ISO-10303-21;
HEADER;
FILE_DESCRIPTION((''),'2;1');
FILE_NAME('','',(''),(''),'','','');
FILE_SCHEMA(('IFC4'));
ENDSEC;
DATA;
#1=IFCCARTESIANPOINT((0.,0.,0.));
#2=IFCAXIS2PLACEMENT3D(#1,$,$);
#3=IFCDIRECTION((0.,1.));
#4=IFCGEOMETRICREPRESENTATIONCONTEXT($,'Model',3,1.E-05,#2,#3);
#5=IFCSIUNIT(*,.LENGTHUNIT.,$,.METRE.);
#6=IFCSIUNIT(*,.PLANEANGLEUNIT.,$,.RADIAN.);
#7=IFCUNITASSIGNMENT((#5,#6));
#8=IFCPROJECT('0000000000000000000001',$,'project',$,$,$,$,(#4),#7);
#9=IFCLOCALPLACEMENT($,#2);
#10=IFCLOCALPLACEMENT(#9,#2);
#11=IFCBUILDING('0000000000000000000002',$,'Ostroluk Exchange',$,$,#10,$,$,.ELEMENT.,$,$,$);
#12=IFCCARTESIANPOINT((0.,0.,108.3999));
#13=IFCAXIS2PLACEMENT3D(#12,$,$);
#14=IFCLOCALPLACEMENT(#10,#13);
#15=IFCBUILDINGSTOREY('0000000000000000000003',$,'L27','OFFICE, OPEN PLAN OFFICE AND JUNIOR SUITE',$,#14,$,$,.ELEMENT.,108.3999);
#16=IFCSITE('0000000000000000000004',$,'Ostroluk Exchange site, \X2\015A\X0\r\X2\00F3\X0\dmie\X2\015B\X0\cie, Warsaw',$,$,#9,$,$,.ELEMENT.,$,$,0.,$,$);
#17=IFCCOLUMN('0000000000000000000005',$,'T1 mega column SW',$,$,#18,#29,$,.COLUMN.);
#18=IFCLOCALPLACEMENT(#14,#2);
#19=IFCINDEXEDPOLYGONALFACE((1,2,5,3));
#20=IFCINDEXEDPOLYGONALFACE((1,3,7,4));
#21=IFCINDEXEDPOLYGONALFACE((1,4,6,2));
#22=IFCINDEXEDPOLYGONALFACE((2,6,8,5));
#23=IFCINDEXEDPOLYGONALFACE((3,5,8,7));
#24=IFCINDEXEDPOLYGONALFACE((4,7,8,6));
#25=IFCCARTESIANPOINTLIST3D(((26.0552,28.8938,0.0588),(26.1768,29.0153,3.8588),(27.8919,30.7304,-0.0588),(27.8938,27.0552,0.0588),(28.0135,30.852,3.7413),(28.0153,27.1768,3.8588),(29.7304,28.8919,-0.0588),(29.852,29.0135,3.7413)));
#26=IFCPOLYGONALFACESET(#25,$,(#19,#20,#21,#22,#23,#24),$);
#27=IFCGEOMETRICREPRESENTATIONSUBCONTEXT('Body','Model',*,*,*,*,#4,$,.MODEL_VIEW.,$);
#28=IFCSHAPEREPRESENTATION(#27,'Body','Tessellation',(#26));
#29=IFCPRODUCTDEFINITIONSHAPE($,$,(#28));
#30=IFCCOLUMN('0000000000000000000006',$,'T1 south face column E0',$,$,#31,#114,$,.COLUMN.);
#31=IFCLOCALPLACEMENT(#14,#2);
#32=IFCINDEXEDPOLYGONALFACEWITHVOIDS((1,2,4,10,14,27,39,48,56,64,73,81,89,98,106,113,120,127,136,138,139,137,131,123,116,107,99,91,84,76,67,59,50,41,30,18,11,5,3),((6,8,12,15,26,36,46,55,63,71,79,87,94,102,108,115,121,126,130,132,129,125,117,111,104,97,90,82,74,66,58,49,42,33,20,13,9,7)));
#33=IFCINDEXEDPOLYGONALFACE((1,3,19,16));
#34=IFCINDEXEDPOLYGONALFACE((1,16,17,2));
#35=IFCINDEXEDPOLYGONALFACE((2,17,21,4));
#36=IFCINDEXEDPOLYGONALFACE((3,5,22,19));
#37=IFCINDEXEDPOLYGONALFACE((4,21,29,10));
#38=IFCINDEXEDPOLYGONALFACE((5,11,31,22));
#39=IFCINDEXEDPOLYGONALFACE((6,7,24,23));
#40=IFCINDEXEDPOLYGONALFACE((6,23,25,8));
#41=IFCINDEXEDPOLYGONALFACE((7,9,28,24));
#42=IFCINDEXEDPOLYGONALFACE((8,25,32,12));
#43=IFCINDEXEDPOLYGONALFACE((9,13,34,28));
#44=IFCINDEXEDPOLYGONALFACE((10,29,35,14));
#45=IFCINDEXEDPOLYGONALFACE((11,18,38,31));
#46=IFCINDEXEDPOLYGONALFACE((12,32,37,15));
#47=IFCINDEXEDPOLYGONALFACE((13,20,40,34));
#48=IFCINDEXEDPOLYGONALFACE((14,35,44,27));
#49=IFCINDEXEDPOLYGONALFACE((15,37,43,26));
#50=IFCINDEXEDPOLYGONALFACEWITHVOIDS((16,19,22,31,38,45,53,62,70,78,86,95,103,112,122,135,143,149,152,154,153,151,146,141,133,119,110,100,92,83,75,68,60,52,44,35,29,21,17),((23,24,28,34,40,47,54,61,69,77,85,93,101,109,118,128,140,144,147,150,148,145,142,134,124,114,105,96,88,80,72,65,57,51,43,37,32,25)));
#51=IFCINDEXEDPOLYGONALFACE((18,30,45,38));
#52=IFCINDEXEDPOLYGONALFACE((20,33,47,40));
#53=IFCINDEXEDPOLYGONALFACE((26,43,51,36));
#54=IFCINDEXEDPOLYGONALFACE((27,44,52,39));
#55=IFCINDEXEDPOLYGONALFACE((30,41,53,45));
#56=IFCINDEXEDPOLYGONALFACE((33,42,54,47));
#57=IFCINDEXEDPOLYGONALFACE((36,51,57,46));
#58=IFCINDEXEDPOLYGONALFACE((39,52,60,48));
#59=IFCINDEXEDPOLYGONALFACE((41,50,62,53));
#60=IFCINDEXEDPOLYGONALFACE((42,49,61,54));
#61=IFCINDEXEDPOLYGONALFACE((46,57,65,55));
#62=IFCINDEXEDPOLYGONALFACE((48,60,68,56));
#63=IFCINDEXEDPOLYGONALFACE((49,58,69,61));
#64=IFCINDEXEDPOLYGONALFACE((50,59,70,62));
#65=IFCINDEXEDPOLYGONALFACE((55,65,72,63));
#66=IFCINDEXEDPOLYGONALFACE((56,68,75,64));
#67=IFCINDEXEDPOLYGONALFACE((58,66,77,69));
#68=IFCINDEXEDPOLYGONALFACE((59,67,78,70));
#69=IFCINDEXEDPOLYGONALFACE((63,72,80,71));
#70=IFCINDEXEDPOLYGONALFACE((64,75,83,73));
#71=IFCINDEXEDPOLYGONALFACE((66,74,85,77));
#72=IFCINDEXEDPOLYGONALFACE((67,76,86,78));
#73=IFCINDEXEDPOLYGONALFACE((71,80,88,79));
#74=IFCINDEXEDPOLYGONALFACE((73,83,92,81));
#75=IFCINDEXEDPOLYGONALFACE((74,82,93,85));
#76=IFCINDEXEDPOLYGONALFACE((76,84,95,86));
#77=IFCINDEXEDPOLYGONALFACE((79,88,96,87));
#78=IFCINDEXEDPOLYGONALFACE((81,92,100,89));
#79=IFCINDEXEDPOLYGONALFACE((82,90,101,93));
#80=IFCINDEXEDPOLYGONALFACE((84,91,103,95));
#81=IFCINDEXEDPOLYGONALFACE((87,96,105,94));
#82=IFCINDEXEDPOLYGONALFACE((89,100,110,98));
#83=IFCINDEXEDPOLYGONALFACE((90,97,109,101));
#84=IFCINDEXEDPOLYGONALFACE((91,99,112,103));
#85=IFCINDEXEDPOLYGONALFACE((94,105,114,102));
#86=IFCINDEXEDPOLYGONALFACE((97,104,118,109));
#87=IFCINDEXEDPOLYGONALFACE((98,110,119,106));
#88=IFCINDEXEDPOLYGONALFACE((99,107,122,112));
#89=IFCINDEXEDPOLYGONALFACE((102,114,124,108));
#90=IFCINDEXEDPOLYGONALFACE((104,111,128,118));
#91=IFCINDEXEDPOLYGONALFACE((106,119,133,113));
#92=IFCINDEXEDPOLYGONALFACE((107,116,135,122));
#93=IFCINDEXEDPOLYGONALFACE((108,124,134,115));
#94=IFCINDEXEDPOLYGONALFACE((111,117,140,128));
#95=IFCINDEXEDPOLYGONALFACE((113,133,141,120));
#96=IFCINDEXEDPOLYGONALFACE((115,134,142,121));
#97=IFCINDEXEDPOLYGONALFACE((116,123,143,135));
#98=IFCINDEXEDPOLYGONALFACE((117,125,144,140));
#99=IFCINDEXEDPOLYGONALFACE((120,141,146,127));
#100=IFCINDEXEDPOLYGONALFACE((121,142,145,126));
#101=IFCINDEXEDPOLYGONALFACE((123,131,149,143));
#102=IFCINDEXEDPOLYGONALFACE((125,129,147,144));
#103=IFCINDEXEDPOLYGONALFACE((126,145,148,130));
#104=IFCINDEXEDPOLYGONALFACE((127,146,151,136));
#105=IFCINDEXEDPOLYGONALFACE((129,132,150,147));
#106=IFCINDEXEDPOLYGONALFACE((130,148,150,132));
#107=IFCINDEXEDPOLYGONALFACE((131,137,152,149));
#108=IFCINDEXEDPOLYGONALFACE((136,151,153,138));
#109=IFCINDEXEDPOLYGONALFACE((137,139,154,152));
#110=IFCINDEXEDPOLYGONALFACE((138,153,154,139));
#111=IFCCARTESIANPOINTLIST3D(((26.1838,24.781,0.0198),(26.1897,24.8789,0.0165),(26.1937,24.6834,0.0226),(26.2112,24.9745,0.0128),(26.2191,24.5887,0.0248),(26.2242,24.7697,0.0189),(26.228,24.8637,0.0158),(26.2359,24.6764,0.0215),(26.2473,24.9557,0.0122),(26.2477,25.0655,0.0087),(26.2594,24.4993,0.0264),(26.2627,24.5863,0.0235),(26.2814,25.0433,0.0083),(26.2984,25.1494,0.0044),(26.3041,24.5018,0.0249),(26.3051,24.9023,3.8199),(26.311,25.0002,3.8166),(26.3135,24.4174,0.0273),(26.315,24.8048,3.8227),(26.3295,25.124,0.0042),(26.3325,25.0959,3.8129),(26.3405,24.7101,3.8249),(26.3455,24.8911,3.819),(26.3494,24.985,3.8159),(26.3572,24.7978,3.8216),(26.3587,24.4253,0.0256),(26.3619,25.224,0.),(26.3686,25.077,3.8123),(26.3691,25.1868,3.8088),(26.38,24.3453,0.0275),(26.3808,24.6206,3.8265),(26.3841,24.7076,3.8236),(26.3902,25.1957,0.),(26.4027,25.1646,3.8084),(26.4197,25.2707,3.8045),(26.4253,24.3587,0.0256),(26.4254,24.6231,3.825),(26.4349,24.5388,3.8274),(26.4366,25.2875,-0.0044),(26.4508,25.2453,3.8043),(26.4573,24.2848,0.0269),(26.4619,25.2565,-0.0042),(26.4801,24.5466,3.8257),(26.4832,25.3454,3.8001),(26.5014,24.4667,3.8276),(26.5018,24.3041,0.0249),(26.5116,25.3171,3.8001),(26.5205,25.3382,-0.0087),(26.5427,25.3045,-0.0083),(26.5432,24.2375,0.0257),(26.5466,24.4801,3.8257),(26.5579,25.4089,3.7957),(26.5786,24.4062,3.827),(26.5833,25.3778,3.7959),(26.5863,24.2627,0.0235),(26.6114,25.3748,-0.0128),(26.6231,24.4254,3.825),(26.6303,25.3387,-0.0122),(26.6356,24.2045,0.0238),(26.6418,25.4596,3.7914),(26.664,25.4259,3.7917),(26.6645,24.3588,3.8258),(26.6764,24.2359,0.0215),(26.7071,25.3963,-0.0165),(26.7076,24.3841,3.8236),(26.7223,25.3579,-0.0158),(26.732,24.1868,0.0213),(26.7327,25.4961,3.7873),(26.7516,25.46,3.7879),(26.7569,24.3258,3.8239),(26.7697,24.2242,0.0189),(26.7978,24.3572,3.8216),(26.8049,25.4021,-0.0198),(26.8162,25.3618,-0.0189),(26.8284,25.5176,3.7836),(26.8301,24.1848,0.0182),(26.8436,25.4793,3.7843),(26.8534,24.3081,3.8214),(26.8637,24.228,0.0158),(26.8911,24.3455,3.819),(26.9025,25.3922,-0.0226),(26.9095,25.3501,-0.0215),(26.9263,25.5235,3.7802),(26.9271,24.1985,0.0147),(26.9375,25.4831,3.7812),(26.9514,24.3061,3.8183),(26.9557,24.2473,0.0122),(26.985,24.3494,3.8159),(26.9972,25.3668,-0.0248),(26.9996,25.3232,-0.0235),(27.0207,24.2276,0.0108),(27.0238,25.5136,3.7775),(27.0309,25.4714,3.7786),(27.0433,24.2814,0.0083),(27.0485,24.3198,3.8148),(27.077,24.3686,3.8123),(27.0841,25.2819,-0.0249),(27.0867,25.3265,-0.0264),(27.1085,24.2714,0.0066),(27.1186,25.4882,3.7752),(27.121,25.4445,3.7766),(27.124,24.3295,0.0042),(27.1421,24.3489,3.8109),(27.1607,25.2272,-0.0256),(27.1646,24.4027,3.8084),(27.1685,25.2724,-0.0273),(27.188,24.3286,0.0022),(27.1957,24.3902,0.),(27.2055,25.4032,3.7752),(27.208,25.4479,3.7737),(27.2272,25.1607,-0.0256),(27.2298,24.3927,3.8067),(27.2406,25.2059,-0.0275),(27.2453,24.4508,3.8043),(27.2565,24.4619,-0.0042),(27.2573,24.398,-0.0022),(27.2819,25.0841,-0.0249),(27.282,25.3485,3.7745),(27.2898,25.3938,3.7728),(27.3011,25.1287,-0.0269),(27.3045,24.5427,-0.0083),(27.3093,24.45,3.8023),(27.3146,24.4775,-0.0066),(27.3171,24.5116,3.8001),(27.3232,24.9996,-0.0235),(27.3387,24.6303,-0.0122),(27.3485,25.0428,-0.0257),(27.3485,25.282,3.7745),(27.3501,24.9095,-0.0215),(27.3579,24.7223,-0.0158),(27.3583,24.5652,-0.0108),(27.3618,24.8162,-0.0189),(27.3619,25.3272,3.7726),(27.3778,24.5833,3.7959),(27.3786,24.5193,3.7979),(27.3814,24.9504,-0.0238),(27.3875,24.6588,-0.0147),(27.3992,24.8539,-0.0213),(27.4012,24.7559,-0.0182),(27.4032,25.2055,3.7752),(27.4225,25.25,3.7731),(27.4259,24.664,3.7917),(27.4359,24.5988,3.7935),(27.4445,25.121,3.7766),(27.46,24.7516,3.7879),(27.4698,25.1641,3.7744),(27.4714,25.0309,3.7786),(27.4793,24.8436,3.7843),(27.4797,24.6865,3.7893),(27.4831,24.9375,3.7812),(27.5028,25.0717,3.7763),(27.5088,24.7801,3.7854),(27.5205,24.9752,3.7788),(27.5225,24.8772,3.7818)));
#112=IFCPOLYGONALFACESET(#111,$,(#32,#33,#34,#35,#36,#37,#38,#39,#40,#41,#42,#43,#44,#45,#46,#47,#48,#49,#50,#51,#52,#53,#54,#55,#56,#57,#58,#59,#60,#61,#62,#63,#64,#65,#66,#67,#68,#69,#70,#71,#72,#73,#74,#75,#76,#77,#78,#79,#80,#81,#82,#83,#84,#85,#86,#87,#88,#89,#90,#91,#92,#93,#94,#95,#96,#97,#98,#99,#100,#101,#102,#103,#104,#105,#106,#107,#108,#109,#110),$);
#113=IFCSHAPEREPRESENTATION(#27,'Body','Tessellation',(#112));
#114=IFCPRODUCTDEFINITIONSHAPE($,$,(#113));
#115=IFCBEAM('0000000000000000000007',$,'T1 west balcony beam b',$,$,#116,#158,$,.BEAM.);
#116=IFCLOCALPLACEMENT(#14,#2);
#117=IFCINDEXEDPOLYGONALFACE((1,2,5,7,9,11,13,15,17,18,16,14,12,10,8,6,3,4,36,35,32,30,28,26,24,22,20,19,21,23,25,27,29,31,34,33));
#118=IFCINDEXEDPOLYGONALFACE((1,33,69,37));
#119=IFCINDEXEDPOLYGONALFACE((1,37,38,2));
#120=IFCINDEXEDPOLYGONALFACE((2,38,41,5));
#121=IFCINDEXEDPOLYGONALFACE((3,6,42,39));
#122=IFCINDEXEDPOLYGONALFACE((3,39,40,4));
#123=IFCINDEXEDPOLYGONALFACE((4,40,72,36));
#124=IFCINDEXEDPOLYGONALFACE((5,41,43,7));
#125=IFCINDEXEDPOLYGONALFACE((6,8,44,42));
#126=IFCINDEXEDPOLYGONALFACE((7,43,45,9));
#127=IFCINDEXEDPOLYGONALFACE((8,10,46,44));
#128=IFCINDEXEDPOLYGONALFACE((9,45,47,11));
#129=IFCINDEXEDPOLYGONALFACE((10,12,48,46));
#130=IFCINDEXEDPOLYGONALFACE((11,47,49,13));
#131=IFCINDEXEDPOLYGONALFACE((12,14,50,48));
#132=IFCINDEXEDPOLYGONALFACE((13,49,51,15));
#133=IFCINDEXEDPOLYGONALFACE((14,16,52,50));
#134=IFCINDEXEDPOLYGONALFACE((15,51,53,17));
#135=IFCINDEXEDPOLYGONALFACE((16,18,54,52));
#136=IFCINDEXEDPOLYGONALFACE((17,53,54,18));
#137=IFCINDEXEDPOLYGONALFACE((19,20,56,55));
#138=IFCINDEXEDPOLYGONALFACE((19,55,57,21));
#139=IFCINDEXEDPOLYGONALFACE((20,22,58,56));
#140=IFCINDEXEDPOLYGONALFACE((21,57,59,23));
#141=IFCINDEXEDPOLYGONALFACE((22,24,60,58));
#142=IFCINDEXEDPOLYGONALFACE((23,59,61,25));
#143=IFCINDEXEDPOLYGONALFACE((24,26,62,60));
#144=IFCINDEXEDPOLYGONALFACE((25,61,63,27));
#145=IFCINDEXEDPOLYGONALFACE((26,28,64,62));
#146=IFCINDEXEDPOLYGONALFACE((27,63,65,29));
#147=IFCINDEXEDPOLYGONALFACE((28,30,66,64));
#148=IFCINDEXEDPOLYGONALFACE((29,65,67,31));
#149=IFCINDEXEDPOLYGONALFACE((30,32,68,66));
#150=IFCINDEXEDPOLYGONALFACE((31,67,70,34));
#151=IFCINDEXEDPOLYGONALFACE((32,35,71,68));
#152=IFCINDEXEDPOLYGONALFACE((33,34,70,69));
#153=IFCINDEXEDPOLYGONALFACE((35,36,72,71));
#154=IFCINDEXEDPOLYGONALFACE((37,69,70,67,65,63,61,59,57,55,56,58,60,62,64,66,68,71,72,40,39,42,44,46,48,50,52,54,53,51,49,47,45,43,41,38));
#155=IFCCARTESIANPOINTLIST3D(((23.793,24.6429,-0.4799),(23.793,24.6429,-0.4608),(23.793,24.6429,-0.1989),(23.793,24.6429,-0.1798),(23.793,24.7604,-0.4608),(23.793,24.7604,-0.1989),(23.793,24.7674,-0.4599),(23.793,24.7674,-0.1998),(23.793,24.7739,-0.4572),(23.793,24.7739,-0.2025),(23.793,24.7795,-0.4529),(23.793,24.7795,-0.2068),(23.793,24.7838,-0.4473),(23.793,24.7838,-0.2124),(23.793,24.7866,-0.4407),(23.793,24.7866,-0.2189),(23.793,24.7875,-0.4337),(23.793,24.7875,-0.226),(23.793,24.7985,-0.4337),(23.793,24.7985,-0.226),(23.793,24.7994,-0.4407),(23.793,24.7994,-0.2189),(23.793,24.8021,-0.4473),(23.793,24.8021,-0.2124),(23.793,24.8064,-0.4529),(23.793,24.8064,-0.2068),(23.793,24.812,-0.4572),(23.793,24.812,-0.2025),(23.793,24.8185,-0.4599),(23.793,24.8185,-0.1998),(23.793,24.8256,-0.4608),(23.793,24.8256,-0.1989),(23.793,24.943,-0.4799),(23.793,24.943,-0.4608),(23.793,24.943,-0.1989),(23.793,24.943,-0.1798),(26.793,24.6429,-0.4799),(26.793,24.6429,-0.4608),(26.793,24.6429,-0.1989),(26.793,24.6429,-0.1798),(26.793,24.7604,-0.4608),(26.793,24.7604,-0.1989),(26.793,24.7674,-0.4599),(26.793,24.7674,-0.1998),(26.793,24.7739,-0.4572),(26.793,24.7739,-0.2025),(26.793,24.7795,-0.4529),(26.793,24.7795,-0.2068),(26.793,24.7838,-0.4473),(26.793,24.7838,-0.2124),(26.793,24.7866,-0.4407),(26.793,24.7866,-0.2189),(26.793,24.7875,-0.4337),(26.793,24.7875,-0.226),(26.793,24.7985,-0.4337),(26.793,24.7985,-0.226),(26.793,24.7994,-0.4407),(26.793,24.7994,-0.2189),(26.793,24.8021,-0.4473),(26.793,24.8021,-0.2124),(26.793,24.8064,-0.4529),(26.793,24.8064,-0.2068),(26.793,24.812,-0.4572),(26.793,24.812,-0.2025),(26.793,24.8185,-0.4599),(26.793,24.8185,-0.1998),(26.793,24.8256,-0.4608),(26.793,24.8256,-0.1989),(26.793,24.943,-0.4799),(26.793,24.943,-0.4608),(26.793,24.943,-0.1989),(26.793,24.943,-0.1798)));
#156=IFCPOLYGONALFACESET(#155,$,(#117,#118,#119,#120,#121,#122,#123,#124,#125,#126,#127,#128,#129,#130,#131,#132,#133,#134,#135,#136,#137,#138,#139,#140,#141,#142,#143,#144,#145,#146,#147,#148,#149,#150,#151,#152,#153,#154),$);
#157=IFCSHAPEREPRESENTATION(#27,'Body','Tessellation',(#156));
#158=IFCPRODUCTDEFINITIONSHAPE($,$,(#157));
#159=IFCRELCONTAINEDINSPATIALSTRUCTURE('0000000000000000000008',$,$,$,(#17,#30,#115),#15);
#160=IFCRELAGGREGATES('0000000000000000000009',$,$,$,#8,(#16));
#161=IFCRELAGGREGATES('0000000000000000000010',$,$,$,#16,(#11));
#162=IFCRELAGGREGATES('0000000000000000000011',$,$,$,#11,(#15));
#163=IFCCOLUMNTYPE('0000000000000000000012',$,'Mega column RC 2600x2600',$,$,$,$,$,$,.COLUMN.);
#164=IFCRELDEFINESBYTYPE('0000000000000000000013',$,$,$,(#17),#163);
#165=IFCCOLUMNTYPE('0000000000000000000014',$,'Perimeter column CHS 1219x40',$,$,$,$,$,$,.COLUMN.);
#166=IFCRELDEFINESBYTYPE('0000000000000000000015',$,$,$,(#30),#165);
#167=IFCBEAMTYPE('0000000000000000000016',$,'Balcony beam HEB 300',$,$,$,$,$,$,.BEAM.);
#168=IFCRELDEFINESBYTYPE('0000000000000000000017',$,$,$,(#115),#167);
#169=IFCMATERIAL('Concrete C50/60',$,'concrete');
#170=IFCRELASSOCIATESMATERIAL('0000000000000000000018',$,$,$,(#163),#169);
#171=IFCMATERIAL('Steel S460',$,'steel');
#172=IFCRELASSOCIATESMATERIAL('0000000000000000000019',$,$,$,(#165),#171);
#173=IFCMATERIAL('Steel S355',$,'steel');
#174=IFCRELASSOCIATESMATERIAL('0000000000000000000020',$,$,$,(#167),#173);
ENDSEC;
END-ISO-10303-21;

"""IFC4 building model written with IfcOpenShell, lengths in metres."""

from ifc_helpers import new_model, si_unit, direction, frame, origin, origin_2d, place, context, subcontext, project, spatial, rectangle, hollow_circle, i_section, extrude, material, material_profile, profile_set, type_object, element, save


model = new_model("IFC4")

# Units and contexts
model_context = context("Model", 3, precision=1e-05, world=origin(), true_north=direction((0.0, 1.0)))
body_context = subcontext(model_context, "Body", "Model", "MODEL_VIEW")
ifc_project = project(units=[si_unit("LENGTHUNIT", "METRE"), si_unit("PLANEANGLEUNIT", "RADIAN")], contexts=[model_context])

# Site, building, storey
site_placement = place(None, origin())
site = spatial("IfcSite", under=ifc_project, at=site_placement, Name="Ostroluk Exchange site, Śródmieście, Warsaw", CompositionType="ELEMENT", RefElevation=0.0)
building_placement = place(site_placement, origin())
building = spatial("IfcBuilding", under=site, at=building_placement, Name="Ostroluk Exchange", CompositionType="ELEMENT")
storey_placement = place(building_placement, frame((0.0, 0.0, 108.3999)))
storey = spatial("IfcBuildingStorey", under=building, at=storey_placement, Name="L27", Description="OFFICE, OPEN PLAN OFFICE AND JUNIOR SUITE", CompositionType="ELEMENT", Elevation=108.3999)

# Columns
ifc_material_1 = material(Name="Concrete C50/60", Category="concrete")
ifc_material_profile_1 = material_profile(ifc_material_1, rectangle(XDim=2.6001, YDim=2.6001, at=origin_2d()), Name="RC 2600x2600")
ifc_profile_set_1 = profile_set([ifc_material_profile_1], Name="Concrete C50/60")
column_type_1 = type_object("IfcColumnType", Name="Mega column RC 2600x2600", PredefinedType="COLUMN", material=ifc_profile_set_1)
column_1_placement = place(storey_placement, frame((27.8928, 28.8928, 0.0), z_axis=(0.031962, 0.031962, 0.998978), x_axis=(-0.707107, 0.707107, 0.0)))
element("IfcColumn", 1, at=column_1_placement, inside=storey, type_object=column_type_1, Name="T1 mega column SW", PredefinedType="COLUMN", context=body_context, shape_type="SweptSolid", body=[
    extrude(rectangle(XDim=2.6001, YDim=2.6001, at=origin_2d()), origin(), (0.0, 0.0, 1.0), 3.804),
])
ifc_material_2 = material(Name="Steel S460", Category="steel")
ifc_material_profile_2 = material_profile(ifc_material_2, hollow_circle(Radius=0.6096, WallThickness=0.04, at=origin_2d()), Name="CHS 1219x40")
ifc_profile_set_2 = profile_set([ifc_material_profile_2], Name="Steel S460")
column_type_2 = type_object("IfcColumnType", Name="Perimeter column CHS 1219x40", PredefinedType="COLUMN", material=ifc_profile_set_2)
column_2_placement = place(storey_placement, frame((26.793, 24.793, 0.0), z_axis=(0.031898, 0.031898, 0.998982), x_axis=(-0.707107, 0.707107, 0.0)))
element("IfcColumn", 2, at=column_2_placement, inside=storey, type_object=column_type_2, Name="T1 south face column E0", PredefinedType="COLUMN", context=body_context, shape_type="SweptSolid", body=[
    extrude(hollow_circle(Radius=0.6096, WallThickness=0.04, at=origin_2d()), origin(), (0.0, 0.0, 1.0), 3.804),
])

# Beam
ifc_material_3 = material(Name="Steel S355", Category="steel")
ifc_material_profile_3 = material_profile(ifc_material_3, i_section(OverallWidth=0.3, OverallDepth=0.3, WebThickness=0.011, FlangeThickness=0.019, FilletRadius=0.0271, at=origin_2d()), Name="HEB 300")
ifc_profile_set_3 = profile_set([ifc_material_profile_3], Name="Steel S355")
beam_type_1 = type_object("IfcBeamType", Name="Balcony beam HEB 300", PredefinedType="BEAM", material=ifc_profile_set_3)
beam_1_placement = place(storey_placement, frame((26.793, 24.793, -0.3298), z_axis=(-1.0, 0.0, 0.0), x_axis=(0.0, -1.0, 0.0)))
element("IfcBeam", 3, at=beam_1_placement, inside=storey, type_object=beam_type_1, Name="T1 west balcony beam b", PredefinedType="BEAM", context=body_context, shape_type="SweptSolid", body=[
    extrude(i_section(OverallWidth=0.3, OverallDepth=0.3, WebThickness=0.011, FlangeThickness=0.019, FilletRadius=0.0271, at=origin_2d()), origin(), (0.0, 0.0, 1.0), 3.0),
])

save(model, "model.ifc")
